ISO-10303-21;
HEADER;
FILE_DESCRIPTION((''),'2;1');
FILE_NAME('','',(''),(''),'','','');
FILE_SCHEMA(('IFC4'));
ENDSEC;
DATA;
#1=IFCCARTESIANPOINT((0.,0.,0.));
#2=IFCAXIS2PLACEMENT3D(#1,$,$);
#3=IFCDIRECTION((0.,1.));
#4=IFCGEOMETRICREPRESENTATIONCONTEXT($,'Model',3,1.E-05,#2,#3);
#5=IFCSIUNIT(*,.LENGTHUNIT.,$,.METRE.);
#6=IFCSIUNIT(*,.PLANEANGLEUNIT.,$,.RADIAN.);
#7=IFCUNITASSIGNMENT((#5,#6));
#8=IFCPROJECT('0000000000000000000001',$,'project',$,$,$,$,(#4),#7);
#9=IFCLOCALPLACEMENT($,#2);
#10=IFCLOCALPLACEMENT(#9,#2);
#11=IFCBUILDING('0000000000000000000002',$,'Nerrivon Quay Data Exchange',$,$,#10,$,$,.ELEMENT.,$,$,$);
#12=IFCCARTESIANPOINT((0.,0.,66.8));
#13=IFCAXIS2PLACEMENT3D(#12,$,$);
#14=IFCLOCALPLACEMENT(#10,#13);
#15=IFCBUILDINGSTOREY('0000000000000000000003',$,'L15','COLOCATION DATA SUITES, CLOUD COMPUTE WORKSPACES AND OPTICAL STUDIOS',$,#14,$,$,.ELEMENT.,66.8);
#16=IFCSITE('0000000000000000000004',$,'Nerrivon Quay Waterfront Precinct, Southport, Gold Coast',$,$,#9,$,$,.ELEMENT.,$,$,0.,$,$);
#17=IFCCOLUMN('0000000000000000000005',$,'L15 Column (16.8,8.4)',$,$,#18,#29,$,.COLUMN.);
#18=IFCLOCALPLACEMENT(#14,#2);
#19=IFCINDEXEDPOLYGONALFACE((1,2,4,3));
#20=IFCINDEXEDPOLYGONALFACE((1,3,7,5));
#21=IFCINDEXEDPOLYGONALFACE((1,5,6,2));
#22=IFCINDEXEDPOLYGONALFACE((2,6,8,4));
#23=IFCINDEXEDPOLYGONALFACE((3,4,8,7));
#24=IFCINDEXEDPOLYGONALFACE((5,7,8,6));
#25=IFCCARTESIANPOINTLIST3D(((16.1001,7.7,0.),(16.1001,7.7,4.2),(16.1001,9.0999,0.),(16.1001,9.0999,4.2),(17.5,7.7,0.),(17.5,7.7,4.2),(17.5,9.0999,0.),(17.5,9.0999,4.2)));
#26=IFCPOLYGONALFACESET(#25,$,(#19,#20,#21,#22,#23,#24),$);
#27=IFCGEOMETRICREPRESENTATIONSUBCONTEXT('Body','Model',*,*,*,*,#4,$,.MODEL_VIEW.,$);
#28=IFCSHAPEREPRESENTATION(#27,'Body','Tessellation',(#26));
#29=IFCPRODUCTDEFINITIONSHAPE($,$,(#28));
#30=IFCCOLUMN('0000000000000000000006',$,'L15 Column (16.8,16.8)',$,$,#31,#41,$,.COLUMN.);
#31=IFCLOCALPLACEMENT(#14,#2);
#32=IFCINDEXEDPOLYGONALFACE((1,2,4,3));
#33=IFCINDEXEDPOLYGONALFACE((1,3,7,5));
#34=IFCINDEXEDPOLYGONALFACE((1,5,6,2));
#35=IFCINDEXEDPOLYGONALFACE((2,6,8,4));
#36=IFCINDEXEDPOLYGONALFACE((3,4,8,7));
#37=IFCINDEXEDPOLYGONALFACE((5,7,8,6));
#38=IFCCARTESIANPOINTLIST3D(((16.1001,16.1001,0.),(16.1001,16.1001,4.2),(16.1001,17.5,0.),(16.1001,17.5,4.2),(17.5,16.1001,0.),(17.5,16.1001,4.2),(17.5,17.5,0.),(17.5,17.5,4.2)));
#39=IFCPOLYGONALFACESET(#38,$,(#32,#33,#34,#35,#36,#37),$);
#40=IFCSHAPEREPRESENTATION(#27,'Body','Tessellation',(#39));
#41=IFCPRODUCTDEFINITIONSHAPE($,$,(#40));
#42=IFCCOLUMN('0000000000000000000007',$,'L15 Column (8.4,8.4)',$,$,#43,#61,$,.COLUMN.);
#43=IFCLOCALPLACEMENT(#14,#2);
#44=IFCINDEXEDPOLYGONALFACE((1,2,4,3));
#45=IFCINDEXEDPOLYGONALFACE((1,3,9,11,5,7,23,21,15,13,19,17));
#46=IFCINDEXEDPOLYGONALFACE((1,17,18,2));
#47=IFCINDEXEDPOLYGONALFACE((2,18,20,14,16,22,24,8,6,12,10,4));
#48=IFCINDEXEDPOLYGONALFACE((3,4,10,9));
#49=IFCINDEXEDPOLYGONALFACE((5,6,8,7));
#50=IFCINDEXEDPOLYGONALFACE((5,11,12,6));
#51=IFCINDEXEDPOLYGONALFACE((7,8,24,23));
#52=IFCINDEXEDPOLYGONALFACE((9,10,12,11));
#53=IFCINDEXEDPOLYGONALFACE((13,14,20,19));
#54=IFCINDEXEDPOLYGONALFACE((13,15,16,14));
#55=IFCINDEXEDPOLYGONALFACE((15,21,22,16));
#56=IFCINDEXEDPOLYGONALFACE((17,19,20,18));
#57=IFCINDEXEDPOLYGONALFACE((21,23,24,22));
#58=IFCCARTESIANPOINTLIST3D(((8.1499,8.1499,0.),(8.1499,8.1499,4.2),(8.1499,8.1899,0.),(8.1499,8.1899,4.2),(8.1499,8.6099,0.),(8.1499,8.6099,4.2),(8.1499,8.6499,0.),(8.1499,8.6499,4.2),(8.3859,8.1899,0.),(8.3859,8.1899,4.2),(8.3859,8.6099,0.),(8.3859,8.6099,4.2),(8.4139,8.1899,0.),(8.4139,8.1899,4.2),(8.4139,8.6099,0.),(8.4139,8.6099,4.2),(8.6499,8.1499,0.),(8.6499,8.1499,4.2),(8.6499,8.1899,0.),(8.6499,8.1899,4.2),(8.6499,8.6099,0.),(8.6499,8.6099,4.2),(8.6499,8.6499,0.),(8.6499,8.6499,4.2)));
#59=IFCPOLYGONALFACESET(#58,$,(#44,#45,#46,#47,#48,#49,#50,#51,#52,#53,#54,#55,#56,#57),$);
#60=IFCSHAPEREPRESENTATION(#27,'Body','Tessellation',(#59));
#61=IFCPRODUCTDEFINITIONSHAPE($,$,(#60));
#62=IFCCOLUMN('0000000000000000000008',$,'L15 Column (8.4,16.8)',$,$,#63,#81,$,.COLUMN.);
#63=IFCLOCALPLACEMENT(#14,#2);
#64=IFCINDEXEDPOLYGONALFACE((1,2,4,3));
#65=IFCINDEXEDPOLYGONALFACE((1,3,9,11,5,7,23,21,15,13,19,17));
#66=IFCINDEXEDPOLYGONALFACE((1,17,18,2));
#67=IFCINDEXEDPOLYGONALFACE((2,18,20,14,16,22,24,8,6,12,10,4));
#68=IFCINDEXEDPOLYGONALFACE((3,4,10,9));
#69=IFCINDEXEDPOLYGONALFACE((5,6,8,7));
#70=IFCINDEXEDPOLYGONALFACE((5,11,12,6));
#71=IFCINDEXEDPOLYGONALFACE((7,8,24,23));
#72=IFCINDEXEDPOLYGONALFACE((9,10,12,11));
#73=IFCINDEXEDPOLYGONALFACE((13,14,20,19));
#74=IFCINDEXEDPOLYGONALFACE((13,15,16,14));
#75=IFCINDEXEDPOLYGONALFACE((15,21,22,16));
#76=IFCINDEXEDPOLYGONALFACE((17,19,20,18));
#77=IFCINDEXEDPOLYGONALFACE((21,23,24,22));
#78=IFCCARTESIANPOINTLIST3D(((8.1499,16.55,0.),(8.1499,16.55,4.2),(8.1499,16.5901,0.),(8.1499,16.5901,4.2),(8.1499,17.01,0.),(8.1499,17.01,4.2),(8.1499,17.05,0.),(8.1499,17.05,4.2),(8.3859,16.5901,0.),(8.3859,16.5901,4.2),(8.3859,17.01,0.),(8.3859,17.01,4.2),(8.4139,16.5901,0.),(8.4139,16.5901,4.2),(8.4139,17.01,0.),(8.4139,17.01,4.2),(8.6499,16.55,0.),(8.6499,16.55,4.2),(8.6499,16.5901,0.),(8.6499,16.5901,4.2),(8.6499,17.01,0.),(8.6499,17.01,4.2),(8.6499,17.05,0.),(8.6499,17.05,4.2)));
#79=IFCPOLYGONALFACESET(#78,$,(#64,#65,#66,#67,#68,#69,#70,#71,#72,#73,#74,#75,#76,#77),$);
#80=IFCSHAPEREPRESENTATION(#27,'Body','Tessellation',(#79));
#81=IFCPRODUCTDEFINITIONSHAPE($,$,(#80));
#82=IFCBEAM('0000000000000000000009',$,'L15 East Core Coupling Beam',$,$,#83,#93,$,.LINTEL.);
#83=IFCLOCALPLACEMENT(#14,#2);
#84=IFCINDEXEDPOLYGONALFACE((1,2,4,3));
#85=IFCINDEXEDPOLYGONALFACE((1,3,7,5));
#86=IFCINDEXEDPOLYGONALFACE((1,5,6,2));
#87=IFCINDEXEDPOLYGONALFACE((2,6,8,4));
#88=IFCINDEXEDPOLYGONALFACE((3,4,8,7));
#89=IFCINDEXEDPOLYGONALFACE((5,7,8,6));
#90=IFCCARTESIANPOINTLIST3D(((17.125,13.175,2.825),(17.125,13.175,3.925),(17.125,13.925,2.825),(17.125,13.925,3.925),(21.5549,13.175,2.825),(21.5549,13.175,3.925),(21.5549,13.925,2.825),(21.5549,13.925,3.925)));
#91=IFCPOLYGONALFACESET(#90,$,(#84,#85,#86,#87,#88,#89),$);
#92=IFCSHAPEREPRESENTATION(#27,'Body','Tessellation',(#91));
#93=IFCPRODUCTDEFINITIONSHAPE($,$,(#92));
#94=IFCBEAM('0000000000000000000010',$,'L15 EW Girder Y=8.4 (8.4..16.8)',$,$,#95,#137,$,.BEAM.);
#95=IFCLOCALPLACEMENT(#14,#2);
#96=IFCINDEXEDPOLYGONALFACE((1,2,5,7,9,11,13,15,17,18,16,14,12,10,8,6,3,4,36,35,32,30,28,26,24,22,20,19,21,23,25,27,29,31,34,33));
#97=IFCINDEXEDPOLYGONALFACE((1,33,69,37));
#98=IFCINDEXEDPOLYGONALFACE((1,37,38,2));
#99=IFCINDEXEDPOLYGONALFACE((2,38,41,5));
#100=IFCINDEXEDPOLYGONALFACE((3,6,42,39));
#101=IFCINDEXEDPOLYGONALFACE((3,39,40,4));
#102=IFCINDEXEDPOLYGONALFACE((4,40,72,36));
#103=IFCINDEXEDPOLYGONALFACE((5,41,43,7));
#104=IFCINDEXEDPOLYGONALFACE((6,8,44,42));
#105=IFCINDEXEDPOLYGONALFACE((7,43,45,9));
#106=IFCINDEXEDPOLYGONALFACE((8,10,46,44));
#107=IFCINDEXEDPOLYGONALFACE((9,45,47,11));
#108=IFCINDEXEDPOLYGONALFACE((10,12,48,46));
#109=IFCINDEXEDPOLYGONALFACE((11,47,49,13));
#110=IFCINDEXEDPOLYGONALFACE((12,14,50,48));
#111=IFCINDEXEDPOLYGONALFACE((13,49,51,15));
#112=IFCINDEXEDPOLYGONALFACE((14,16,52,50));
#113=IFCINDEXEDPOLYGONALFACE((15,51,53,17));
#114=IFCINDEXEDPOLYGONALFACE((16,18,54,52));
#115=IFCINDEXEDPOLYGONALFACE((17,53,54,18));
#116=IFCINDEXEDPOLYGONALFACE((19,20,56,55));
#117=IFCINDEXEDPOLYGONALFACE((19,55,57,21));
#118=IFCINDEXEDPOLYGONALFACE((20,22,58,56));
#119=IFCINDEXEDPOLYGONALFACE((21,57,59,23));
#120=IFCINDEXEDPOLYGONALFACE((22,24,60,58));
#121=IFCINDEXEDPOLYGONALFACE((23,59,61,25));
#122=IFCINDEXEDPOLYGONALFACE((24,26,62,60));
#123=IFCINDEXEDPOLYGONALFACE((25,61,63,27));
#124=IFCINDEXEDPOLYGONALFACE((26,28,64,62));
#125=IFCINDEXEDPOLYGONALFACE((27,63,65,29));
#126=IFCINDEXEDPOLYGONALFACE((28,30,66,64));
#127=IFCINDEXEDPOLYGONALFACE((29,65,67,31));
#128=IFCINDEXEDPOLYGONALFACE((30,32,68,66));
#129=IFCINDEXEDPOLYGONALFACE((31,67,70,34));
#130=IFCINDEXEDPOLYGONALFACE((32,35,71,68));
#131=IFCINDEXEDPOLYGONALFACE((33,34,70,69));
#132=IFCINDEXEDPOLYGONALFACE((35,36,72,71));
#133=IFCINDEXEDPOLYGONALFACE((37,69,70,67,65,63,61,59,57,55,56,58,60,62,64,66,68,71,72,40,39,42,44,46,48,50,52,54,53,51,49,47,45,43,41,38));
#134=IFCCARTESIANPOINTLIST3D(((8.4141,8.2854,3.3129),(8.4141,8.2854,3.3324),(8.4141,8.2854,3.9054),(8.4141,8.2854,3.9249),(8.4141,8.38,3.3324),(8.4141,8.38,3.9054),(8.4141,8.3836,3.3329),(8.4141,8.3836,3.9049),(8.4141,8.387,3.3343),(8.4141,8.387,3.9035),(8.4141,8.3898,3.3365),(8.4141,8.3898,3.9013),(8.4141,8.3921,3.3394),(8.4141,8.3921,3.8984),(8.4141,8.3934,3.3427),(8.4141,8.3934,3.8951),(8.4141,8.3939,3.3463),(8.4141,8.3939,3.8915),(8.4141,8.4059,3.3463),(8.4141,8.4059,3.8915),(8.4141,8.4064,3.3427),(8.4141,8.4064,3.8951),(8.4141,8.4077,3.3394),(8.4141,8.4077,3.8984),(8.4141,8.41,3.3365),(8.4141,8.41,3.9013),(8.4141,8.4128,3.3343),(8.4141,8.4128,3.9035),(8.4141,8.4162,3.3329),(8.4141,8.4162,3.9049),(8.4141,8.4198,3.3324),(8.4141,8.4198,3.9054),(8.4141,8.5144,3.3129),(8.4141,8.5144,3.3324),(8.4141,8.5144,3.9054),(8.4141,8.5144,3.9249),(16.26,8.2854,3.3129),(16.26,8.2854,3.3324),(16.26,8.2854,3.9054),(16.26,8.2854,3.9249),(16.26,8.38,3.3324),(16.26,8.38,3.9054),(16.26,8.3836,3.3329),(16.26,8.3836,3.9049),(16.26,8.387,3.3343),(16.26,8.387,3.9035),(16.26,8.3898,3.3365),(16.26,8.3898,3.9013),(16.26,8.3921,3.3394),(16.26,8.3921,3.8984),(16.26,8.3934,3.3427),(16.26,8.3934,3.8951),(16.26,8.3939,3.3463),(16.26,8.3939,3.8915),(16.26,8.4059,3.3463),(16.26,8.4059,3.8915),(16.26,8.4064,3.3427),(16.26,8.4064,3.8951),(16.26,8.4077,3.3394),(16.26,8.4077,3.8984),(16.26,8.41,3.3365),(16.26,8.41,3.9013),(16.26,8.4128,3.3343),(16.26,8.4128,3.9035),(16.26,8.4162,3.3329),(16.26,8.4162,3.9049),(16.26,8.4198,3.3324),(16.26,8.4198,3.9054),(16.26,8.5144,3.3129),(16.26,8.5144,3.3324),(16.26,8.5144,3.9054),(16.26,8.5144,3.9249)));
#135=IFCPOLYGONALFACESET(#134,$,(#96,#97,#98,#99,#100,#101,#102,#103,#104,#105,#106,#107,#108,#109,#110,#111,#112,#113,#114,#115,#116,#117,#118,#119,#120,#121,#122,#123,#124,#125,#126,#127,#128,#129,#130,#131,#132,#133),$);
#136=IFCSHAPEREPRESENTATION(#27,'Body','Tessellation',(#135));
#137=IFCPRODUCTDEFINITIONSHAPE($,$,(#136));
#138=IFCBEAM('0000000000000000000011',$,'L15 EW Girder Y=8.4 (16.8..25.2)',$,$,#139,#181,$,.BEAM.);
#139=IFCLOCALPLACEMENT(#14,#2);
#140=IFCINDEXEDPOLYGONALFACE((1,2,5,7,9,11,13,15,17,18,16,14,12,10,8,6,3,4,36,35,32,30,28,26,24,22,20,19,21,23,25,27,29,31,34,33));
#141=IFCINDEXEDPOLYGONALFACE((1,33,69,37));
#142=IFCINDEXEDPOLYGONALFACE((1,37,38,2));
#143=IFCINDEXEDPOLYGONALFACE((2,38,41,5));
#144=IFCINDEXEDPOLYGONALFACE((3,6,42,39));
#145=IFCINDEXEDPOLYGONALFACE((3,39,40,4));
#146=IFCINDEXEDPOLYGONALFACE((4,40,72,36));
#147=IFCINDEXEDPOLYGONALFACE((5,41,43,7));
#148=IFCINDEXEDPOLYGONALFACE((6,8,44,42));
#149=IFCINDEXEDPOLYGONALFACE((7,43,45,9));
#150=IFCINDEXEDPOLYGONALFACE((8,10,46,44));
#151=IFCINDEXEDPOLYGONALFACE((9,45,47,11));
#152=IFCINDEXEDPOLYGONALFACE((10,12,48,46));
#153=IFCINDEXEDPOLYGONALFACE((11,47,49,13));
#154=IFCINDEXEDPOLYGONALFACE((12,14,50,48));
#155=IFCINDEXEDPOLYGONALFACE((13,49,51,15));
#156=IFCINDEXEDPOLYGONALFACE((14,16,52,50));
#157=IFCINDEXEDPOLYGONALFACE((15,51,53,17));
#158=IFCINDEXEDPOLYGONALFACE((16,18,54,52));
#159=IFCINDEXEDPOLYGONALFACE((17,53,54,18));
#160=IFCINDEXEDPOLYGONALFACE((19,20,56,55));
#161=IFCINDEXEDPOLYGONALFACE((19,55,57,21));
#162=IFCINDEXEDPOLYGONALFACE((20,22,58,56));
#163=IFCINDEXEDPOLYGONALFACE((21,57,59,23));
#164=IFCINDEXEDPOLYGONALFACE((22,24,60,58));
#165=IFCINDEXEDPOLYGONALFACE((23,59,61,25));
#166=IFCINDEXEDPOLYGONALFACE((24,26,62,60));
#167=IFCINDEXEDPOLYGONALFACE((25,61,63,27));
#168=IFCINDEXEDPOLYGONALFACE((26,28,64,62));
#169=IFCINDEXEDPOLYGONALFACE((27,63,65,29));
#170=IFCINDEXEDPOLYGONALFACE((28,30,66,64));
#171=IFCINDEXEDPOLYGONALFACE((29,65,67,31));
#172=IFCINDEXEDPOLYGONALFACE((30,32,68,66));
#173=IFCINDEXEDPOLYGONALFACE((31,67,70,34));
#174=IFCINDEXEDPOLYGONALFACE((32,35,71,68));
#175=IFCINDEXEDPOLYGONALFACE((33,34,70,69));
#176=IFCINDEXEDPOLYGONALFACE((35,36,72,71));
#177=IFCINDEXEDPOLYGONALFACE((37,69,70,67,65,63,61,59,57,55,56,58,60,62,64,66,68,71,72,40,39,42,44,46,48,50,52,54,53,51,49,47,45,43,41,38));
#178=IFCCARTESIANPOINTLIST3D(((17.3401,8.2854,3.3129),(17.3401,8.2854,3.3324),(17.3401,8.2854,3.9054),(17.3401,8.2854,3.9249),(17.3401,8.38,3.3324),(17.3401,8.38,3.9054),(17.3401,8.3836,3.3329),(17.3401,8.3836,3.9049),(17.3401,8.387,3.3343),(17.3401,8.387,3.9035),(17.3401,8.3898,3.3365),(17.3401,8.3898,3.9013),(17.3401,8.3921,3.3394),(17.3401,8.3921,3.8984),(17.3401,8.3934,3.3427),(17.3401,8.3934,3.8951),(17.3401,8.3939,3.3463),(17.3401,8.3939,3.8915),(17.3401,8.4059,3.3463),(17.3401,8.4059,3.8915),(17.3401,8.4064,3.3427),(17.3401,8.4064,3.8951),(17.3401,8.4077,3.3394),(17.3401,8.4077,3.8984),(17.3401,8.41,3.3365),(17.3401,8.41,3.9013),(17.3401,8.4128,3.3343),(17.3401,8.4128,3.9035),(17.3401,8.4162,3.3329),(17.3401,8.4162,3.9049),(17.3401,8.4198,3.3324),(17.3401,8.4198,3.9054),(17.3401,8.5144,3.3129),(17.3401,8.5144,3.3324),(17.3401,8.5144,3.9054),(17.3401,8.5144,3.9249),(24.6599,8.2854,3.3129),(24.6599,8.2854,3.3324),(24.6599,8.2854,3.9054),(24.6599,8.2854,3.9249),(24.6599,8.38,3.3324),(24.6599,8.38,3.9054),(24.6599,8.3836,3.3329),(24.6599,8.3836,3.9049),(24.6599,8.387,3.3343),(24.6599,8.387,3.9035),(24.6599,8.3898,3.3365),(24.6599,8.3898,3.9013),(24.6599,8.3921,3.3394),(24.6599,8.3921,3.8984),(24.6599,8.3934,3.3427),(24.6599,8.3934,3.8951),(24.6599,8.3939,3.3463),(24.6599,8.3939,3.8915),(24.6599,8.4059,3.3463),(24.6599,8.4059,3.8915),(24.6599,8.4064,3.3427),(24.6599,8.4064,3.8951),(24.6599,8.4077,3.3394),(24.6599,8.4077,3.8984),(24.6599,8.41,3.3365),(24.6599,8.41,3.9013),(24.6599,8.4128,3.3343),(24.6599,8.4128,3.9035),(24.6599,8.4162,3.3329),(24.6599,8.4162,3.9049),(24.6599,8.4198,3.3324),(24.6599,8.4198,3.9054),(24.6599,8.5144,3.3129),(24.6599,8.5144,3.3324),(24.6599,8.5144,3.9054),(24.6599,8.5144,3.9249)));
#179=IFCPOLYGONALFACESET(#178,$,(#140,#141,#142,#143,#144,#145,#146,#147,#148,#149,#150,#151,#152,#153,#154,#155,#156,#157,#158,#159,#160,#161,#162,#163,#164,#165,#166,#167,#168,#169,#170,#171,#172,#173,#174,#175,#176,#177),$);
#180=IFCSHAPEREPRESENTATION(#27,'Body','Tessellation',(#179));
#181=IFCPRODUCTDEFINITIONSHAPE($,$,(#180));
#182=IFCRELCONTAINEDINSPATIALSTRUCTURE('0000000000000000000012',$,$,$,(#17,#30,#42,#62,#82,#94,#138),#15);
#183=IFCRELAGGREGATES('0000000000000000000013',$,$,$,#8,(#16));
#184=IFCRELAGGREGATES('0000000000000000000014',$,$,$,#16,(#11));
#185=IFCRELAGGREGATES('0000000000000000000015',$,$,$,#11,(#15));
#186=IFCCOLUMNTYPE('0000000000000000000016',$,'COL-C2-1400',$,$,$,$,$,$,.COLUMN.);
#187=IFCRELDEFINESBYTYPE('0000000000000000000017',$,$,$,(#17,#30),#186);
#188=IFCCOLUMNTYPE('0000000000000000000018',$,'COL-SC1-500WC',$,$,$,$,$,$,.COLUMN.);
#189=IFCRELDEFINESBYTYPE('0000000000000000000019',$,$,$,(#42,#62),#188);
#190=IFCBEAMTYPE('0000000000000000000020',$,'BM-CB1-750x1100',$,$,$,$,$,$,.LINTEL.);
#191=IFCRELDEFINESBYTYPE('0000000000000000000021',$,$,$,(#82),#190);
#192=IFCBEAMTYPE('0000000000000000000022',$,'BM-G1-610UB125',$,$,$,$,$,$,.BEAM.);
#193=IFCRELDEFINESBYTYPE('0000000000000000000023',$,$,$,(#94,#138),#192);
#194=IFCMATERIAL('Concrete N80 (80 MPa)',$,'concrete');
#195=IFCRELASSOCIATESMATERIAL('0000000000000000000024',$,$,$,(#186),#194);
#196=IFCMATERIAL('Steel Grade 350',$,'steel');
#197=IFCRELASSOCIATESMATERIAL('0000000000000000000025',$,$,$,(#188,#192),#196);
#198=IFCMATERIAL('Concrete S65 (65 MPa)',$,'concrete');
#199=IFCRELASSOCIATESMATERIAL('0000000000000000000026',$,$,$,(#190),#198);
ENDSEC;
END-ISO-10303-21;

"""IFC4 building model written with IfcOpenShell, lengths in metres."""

from ifc_helpers import new_model, si_unit, direction, frame, origin, origin_2d, place, context, subcontext, project, spatial, rectangle, i_section, extrude, material, material_profile, profile_set, type_object, element, save


model = new_model("IFC4")

# Units and contexts
model_context = context("Model", 3, precision=1e-05, world=origin(), true_north=direction((0.0, 1.0)))
body_context = subcontext(model_context, "Body", "Model", "MODEL_VIEW")
ifc_project = project(units=[si_unit("LENGTHUNIT", "METRE"), si_unit("PLANEANGLEUNIT", "RADIAN")], contexts=[model_context])

# Site, building, storey
site_placement = place(None, origin())
site = spatial("IfcSite", under=ifc_project, at=site_placement, Name="Nerrivon Quay Waterfront Precinct, Southport, Gold Coast", CompositionType="ELEMENT", RefElevation=0.0)
building_placement = place(site_placement, origin())
building = spatial("IfcBuilding", under=site, at=building_placement, Name="Nerrivon Quay Data Exchange", CompositionType="ELEMENT")
storey_placement = place(building_placement, frame((0.0, 0.0, 66.8)))
storey = spatial("IfcBuildingStorey", under=building, at=storey_placement, Name="L15", Description="COLOCATION DATA SUITES, CLOUD COMPUTE WORKSPACES AND OPTICAL STUDIOS", CompositionType="ELEMENT", Elevation=66.8)

# Columns
ifc_material_1 = material(Name="Concrete N80 (80 MPa)", Category="concrete")
ifc_material_profile_1 = material_profile(ifc_material_1, rectangle(XDim=1.3999, YDim=1.3999, at=origin_2d()), Name="RC-COL-1400x1400")
ifc_profile_set_1 = profile_set([ifc_material_profile_1], Name="Concrete N80 (80 MPa)")
column_type_1 = type_object("IfcColumnType", Name="COL-C2-1400", PredefinedType="COLUMN", material=ifc_profile_set_1)
for number, where, z_axis, x_axis, name in (
    (1, (16.8, 8.3999, 0.0), (0.0, 0.0, 1.0), (1.0, 0.0, 0.0), "L15 Column (16.8,8.4)"),
    (2, (16.8, 16.8, 0.0), (0.0, 0.0, 1.0), (1.0, 0.0, 0.0), "L15 Column (16.8,16.8)"),
):
    element("IfcColumn", number, at=place(storey_placement, frame(where, z_axis=z_axis, x_axis=x_axis)), inside=storey, type_object=column_type_1, Name=name, PredefinedType="COLUMN", context=body_context, shape_type="SweptSolid", body=[
        extrude(rectangle(XDim=1.3999, YDim=1.3999, at=origin_2d()), origin(), (0.0, 0.0, 1.0), 4.2),
    ])
ifc_material_2 = material(Name="Steel Grade 350", Category="steel")
ifc_material_profile_2 = material_profile(ifc_material_2, i_section(OverallWidth=0.5, OverallDepth=0.5, WebThickness=0.0281, FlangeThickness=0.04, at=origin_2d()), Name="500WC440")
ifc_profile_set_2 = profile_set([ifc_material_profile_2], Name="Steel Grade 350")
column_type_2 = type_object("IfcColumnType", Name="COL-SC1-500WC", PredefinedType="COLUMN", material=ifc_profile_set_2)
for number, where, z_axis, x_axis, name in (
    (3, (8.3999, 8.3999, 0.0), (0.0, 0.0, 1.0), (1.0, 0.0, 0.0), "L15 Column (8.4,8.4)"),
    (4, (8.3999, 16.8, 0.0), (0.0, 0.0, 1.0), (1.0, 0.0, 0.0), "L15 Column (8.4,16.8)"),
):
    element("IfcColumn", number, at=place(storey_placement, frame(where, z_axis=z_axis, x_axis=x_axis)), inside=storey, type_object=column_type_2, Name=name, PredefinedType="COLUMN", context=body_context, shape_type="SweptSolid", body=[
        extrude(i_section(OverallWidth=0.5, OverallDepth=0.5, WebThickness=0.0281, FlangeThickness=0.04, at=origin_2d()), origin(), (0.0, 0.0, 1.0), 4.2),
    ])

# Beams
ifc_material_3 = material(Name="Concrete S65 (65 MPa)", Category="concrete")
ifc_material_profile_3 = material_profile(ifc_material_3, rectangle(XDim=0.75, YDim=1.1001, at=origin_2d()), Name="RC-CB-750x1100")
ifc_profile_set_3 = profile_set([ifc_material_profile_3], Name="Concrete S65 (65 MPa)")
beam_type_1 = type_object("IfcBeamType", Name="BM-CB1-750x1100", PredefinedType="LINTEL", material=ifc_profile_set_3)
beam_1_placement = place(storey_placement, frame((17.125, 13.55, 3.375), z_axis=(1.0, 0.0, 0.0), x_axis=(0.0, 1.0, 0.0)))
element("IfcBeam", 5, at=beam_1_placement, inside=storey, type_object=beam_type_1, Name="L15 East Core Coupling Beam", PredefinedType="LINTEL", context=body_context, shape_type="SweptSolid", body=[
    extrude(rectangle(XDim=0.75, YDim=1.1001, at=origin_2d()), origin(), (0.0, 0.0, 1.0), 4.4299),
])
ifc_material_profile_4 = material_profile(ifc_material_2, i_section(OverallWidth=0.229, OverallDepth=0.6121, WebThickness=0.012, FlangeThickness=0.0195, FilletRadius=0.0139, at=origin_2d()), Name="610UB125")
ifc_profile_set_4 = profile_set([ifc_material_profile_4], Name="Steel Grade 350")
beam_type_2 = type_object("IfcBeamType", Name="BM-G1-610UB125", PredefinedType="BEAM", material=ifc_profile_set_4)
beam_2_placement = place(storey_placement, frame((8.4141, 8.3999, 3.6189), z_axis=(1.0, 0.0, 0.0), x_axis=(0.0, 1.0, 0.0)))
element("IfcBeam", 6, at=beam_2_placement, inside=storey, type_object=beam_type_2, Name="L15 EW Girder Y=8.4 (8.4..16.8)", PredefinedType="BEAM", context=body_context, shape_type="SweptSolid", body=[
    extrude(i_section(OverallWidth=0.229, OverallDepth=0.6121, WebThickness=0.012, FlangeThickness=0.0195, FilletRadius=0.0139, at=origin_2d()), origin(), (0.0, 0.0, 1.0), 7.8459),
])
beam_3_placement = place(storey_placement, frame((17.3401, 8.3999, 3.6189), z_axis=(1.0, 0.0, 0.0), x_axis=(0.0, 1.0, 0.0)))
element("IfcBeam", 7, at=beam_3_placement, inside=storey, type_object=beam_type_2, Name="L15 EW Girder Y=8.4 (16.8..25.2)", PredefinedType="BEAM", context=body_context, shape_type="SweptSolid", body=[
    extrude(i_section(OverallWidth=0.229, OverallDepth=0.6121, WebThickness=0.012, FlangeThickness=0.0195, FilletRadius=0.0139, at=origin_2d()), origin(), (0.0, 0.0, 1.0), 7.3198),
])

save(model, "model.ifc")
